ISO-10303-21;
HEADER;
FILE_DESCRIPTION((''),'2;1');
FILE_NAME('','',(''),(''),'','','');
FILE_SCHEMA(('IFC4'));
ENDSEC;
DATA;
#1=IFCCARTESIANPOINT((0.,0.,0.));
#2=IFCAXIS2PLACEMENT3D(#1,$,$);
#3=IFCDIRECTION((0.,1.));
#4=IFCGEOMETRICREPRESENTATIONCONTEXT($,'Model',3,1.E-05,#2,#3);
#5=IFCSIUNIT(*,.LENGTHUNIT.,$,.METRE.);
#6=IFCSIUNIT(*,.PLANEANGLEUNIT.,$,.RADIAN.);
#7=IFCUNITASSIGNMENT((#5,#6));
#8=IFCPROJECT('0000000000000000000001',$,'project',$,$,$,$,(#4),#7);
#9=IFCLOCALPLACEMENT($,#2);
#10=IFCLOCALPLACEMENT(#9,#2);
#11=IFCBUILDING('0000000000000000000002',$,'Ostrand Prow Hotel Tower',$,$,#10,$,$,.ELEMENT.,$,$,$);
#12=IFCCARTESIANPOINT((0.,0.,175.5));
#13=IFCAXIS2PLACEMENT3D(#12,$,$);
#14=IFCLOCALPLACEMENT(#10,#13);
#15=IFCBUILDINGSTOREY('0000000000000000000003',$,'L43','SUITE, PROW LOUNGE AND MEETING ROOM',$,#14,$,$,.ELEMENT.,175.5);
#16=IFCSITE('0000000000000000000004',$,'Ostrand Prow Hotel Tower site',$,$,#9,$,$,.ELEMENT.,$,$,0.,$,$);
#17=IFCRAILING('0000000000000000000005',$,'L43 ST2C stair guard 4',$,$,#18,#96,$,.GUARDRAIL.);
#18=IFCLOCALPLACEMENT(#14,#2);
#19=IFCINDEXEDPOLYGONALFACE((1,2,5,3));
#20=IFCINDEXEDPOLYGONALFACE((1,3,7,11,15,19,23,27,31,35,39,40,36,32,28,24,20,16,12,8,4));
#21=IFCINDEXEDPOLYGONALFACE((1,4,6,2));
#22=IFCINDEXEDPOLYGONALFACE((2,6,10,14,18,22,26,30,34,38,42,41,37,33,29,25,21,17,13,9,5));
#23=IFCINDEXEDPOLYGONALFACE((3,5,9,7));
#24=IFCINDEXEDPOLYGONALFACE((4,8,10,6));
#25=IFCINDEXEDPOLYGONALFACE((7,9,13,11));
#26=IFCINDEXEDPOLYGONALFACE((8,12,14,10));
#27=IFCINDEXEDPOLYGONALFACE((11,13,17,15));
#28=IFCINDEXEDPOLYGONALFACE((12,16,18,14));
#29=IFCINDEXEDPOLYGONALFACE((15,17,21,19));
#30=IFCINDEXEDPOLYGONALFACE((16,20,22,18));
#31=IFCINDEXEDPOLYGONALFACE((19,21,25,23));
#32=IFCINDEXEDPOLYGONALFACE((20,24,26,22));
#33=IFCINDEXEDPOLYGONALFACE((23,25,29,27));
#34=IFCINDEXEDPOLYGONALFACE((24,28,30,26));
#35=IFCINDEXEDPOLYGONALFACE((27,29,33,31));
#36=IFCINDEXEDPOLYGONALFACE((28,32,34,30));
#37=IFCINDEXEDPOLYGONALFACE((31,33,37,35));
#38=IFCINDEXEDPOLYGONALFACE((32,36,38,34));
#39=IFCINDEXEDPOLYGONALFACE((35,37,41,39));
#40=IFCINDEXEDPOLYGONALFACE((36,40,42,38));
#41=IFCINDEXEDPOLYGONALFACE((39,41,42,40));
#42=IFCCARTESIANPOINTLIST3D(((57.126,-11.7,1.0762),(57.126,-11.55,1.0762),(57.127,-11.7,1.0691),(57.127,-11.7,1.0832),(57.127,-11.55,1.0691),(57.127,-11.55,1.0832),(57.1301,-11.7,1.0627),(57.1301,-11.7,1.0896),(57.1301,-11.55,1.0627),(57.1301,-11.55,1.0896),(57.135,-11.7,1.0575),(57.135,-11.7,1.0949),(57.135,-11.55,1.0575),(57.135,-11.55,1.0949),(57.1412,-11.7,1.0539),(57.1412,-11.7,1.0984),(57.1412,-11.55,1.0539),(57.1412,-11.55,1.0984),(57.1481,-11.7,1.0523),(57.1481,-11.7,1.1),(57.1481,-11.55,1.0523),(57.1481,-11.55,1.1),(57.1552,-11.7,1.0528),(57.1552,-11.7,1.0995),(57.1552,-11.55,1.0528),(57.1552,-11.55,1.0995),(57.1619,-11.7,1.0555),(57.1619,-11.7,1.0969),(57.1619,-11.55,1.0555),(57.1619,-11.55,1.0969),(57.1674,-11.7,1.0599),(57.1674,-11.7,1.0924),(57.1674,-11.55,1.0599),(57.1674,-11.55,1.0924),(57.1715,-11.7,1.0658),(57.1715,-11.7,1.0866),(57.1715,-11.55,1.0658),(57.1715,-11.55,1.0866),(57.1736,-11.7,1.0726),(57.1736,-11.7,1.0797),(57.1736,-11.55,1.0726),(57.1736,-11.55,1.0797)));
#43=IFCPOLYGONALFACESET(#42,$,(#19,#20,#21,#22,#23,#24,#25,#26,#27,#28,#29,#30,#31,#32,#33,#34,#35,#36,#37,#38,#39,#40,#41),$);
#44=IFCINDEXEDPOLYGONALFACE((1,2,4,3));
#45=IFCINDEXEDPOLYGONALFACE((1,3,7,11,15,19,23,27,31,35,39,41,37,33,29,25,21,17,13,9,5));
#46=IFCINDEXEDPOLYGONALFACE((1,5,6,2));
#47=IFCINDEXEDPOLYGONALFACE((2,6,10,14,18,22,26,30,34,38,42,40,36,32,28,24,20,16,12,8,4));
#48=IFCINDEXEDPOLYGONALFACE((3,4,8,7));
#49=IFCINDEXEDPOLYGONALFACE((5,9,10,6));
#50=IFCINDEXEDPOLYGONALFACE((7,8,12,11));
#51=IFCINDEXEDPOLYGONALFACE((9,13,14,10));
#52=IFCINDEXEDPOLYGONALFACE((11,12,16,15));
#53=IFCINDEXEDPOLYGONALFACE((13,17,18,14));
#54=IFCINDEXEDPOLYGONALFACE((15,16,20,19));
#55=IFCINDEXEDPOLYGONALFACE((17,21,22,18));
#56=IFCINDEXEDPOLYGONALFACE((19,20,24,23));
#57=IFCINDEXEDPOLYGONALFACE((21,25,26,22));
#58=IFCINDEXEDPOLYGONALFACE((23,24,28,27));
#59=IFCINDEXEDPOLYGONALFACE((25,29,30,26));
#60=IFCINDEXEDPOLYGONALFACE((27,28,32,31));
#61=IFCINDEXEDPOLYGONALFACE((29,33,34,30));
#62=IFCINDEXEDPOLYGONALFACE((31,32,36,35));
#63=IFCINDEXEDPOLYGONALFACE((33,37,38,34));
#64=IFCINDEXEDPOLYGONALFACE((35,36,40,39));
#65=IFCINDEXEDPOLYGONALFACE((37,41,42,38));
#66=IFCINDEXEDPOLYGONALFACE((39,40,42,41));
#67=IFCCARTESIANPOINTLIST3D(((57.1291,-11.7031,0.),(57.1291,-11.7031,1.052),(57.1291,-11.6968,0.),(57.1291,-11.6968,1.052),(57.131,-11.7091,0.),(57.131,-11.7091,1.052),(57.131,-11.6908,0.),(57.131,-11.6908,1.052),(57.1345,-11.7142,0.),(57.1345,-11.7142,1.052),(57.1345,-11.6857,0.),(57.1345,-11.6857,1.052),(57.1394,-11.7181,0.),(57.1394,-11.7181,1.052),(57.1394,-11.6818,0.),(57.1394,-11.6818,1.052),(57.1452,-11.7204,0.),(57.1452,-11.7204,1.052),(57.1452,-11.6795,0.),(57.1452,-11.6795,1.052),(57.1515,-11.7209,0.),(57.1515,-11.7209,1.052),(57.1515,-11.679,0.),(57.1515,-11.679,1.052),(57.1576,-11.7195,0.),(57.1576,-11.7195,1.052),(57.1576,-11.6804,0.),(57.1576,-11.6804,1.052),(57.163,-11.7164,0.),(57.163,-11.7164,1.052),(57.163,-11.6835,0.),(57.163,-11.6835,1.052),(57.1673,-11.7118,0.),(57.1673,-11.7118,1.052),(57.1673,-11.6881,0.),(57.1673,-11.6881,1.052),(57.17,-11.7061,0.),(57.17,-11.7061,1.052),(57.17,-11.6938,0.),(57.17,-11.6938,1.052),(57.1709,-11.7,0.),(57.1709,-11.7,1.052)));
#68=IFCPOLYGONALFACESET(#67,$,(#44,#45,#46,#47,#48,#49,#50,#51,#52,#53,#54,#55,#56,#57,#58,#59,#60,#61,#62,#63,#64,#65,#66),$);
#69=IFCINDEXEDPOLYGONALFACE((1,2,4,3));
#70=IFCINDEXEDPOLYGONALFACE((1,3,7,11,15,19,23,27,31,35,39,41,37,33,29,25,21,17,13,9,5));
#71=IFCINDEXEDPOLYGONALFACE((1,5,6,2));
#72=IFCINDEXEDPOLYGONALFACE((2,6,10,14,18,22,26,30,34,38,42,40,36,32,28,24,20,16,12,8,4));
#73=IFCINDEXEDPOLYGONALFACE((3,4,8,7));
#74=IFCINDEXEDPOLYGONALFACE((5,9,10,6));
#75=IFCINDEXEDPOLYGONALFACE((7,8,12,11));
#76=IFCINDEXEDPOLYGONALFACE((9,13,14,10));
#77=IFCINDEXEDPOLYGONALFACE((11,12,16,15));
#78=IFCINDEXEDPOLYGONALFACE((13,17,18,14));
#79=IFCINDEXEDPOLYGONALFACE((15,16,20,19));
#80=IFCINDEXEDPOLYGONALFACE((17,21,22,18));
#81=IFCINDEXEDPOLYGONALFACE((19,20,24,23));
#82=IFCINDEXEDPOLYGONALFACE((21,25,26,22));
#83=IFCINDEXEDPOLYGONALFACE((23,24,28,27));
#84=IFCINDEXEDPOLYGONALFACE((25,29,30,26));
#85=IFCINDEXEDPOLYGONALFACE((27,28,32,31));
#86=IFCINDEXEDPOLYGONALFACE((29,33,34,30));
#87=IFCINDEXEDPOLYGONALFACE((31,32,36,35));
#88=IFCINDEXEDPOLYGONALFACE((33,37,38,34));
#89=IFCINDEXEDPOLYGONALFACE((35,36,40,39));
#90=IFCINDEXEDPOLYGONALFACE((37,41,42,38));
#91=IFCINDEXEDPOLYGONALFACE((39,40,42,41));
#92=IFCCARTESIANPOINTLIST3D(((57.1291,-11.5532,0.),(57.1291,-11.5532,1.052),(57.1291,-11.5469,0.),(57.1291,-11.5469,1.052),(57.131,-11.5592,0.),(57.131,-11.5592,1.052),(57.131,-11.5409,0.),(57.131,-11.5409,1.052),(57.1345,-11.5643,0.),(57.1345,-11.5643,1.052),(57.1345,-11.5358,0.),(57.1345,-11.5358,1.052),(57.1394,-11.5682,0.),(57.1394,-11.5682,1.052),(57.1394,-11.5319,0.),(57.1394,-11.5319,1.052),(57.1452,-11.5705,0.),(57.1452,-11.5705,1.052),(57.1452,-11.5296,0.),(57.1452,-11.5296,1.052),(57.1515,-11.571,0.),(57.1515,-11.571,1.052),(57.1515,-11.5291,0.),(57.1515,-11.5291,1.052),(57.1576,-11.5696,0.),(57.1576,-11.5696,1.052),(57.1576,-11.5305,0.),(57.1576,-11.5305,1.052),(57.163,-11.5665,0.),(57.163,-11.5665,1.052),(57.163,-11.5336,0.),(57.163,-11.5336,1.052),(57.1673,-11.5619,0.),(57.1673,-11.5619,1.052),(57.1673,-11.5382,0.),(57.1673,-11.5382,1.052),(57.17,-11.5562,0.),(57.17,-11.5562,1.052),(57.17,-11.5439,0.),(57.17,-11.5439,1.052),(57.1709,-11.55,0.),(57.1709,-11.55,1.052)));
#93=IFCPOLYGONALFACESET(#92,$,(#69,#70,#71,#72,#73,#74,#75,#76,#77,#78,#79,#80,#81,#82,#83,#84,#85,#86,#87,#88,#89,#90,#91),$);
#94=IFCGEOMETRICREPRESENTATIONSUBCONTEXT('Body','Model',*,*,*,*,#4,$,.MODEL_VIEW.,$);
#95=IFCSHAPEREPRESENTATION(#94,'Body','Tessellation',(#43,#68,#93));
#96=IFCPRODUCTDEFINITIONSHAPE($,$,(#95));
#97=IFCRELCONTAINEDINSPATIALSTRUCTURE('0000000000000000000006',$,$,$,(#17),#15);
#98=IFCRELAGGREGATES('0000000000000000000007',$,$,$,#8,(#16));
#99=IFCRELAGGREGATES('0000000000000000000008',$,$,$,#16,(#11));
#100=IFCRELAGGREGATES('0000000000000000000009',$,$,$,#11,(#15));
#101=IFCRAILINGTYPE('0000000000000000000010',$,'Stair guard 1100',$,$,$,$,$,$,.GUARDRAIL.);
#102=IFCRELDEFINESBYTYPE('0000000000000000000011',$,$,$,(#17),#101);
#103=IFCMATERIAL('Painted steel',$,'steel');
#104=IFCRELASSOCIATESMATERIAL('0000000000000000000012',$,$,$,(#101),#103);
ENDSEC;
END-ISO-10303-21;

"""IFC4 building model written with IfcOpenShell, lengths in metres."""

from ifc_helpers import new_model, si_unit, direction, frame, origin, origin_2d, place, context, subcontext, project, spatial, circle, extrude, material, type_object, element, save


model = new_model("IFC4")

# Units and contexts
model_context = context("Model", 3, precision=1e-05, world=origin(), true_north=direction((0.0, 1.0)))
body_context = subcontext(model_context, "Body", "Model", "MODEL_VIEW")
ifc_project = project(units=[si_unit("LENGTHUNIT", "METRE"), si_unit("PLANEANGLEUNIT", "RADIAN")], contexts=[model_context])

# Site, building, storey
site_placement = place(None, origin())
site = spatial("IfcSite", under=ifc_project, at=site_placement, Name="Ostrand Prow Hotel Tower site", CompositionType="ELEMENT", RefElevation=0.0)
building_placement = place(site_placement, origin())
building = spatial("IfcBuilding", under=site, at=building_placement, Name="Ostrand Prow Hotel Tower", CompositionType="ELEMENT")
storey_placement = place(building_placement, frame((0.0, 0.0, 175.5)))
storey = spatial("IfcBuildingStorey", under=building, at=storey_placement, Name="L43", Description="SUITE, PROW LOUNGE AND MEETING ROOM", CompositionType="ELEMENT", Elevation=175.5)

# Railing
ifc_material_1 = material(Name="Painted steel", Category="steel")
railing_type_1 = type_object("IfcRailingType", Name="Stair guard 1100", PredefinedType="GUARDRAIL", material=ifc_material_1)
railing_1_placement = place(storey_placement, frame((57.1499, -11.7, 0.0)))
element("IfcRailing", 1, at=railing_1_placement, inside=storey, type_object=railing_type_1, Name="L43 ST2C stair guard 4", PredefinedType="GUARDRAIL", context=body_context, shape_type="SweptSolid", body=[
    extrude(circle(Radius=0.0239, at=origin_2d()), frame((0.0, 0.0, 1.0762), z_axis=(0.0, 1.0, 0.0), x_axis=(-1.0, 0.0, 0.0)), (0.0, 0.0, 1.0), 0.1499),
    extrude(circle(Radius=0.021, at=origin_2d()), origin(), (0.0, 0.0, 1.0), 1.052),
    extrude(circle(Radius=0.021, at=origin_2d()), frame((0.0, 0.1499, 0.0)), (0.0, 0.0, 1.0), 1.052),
])

save(model, "model.ifc")
